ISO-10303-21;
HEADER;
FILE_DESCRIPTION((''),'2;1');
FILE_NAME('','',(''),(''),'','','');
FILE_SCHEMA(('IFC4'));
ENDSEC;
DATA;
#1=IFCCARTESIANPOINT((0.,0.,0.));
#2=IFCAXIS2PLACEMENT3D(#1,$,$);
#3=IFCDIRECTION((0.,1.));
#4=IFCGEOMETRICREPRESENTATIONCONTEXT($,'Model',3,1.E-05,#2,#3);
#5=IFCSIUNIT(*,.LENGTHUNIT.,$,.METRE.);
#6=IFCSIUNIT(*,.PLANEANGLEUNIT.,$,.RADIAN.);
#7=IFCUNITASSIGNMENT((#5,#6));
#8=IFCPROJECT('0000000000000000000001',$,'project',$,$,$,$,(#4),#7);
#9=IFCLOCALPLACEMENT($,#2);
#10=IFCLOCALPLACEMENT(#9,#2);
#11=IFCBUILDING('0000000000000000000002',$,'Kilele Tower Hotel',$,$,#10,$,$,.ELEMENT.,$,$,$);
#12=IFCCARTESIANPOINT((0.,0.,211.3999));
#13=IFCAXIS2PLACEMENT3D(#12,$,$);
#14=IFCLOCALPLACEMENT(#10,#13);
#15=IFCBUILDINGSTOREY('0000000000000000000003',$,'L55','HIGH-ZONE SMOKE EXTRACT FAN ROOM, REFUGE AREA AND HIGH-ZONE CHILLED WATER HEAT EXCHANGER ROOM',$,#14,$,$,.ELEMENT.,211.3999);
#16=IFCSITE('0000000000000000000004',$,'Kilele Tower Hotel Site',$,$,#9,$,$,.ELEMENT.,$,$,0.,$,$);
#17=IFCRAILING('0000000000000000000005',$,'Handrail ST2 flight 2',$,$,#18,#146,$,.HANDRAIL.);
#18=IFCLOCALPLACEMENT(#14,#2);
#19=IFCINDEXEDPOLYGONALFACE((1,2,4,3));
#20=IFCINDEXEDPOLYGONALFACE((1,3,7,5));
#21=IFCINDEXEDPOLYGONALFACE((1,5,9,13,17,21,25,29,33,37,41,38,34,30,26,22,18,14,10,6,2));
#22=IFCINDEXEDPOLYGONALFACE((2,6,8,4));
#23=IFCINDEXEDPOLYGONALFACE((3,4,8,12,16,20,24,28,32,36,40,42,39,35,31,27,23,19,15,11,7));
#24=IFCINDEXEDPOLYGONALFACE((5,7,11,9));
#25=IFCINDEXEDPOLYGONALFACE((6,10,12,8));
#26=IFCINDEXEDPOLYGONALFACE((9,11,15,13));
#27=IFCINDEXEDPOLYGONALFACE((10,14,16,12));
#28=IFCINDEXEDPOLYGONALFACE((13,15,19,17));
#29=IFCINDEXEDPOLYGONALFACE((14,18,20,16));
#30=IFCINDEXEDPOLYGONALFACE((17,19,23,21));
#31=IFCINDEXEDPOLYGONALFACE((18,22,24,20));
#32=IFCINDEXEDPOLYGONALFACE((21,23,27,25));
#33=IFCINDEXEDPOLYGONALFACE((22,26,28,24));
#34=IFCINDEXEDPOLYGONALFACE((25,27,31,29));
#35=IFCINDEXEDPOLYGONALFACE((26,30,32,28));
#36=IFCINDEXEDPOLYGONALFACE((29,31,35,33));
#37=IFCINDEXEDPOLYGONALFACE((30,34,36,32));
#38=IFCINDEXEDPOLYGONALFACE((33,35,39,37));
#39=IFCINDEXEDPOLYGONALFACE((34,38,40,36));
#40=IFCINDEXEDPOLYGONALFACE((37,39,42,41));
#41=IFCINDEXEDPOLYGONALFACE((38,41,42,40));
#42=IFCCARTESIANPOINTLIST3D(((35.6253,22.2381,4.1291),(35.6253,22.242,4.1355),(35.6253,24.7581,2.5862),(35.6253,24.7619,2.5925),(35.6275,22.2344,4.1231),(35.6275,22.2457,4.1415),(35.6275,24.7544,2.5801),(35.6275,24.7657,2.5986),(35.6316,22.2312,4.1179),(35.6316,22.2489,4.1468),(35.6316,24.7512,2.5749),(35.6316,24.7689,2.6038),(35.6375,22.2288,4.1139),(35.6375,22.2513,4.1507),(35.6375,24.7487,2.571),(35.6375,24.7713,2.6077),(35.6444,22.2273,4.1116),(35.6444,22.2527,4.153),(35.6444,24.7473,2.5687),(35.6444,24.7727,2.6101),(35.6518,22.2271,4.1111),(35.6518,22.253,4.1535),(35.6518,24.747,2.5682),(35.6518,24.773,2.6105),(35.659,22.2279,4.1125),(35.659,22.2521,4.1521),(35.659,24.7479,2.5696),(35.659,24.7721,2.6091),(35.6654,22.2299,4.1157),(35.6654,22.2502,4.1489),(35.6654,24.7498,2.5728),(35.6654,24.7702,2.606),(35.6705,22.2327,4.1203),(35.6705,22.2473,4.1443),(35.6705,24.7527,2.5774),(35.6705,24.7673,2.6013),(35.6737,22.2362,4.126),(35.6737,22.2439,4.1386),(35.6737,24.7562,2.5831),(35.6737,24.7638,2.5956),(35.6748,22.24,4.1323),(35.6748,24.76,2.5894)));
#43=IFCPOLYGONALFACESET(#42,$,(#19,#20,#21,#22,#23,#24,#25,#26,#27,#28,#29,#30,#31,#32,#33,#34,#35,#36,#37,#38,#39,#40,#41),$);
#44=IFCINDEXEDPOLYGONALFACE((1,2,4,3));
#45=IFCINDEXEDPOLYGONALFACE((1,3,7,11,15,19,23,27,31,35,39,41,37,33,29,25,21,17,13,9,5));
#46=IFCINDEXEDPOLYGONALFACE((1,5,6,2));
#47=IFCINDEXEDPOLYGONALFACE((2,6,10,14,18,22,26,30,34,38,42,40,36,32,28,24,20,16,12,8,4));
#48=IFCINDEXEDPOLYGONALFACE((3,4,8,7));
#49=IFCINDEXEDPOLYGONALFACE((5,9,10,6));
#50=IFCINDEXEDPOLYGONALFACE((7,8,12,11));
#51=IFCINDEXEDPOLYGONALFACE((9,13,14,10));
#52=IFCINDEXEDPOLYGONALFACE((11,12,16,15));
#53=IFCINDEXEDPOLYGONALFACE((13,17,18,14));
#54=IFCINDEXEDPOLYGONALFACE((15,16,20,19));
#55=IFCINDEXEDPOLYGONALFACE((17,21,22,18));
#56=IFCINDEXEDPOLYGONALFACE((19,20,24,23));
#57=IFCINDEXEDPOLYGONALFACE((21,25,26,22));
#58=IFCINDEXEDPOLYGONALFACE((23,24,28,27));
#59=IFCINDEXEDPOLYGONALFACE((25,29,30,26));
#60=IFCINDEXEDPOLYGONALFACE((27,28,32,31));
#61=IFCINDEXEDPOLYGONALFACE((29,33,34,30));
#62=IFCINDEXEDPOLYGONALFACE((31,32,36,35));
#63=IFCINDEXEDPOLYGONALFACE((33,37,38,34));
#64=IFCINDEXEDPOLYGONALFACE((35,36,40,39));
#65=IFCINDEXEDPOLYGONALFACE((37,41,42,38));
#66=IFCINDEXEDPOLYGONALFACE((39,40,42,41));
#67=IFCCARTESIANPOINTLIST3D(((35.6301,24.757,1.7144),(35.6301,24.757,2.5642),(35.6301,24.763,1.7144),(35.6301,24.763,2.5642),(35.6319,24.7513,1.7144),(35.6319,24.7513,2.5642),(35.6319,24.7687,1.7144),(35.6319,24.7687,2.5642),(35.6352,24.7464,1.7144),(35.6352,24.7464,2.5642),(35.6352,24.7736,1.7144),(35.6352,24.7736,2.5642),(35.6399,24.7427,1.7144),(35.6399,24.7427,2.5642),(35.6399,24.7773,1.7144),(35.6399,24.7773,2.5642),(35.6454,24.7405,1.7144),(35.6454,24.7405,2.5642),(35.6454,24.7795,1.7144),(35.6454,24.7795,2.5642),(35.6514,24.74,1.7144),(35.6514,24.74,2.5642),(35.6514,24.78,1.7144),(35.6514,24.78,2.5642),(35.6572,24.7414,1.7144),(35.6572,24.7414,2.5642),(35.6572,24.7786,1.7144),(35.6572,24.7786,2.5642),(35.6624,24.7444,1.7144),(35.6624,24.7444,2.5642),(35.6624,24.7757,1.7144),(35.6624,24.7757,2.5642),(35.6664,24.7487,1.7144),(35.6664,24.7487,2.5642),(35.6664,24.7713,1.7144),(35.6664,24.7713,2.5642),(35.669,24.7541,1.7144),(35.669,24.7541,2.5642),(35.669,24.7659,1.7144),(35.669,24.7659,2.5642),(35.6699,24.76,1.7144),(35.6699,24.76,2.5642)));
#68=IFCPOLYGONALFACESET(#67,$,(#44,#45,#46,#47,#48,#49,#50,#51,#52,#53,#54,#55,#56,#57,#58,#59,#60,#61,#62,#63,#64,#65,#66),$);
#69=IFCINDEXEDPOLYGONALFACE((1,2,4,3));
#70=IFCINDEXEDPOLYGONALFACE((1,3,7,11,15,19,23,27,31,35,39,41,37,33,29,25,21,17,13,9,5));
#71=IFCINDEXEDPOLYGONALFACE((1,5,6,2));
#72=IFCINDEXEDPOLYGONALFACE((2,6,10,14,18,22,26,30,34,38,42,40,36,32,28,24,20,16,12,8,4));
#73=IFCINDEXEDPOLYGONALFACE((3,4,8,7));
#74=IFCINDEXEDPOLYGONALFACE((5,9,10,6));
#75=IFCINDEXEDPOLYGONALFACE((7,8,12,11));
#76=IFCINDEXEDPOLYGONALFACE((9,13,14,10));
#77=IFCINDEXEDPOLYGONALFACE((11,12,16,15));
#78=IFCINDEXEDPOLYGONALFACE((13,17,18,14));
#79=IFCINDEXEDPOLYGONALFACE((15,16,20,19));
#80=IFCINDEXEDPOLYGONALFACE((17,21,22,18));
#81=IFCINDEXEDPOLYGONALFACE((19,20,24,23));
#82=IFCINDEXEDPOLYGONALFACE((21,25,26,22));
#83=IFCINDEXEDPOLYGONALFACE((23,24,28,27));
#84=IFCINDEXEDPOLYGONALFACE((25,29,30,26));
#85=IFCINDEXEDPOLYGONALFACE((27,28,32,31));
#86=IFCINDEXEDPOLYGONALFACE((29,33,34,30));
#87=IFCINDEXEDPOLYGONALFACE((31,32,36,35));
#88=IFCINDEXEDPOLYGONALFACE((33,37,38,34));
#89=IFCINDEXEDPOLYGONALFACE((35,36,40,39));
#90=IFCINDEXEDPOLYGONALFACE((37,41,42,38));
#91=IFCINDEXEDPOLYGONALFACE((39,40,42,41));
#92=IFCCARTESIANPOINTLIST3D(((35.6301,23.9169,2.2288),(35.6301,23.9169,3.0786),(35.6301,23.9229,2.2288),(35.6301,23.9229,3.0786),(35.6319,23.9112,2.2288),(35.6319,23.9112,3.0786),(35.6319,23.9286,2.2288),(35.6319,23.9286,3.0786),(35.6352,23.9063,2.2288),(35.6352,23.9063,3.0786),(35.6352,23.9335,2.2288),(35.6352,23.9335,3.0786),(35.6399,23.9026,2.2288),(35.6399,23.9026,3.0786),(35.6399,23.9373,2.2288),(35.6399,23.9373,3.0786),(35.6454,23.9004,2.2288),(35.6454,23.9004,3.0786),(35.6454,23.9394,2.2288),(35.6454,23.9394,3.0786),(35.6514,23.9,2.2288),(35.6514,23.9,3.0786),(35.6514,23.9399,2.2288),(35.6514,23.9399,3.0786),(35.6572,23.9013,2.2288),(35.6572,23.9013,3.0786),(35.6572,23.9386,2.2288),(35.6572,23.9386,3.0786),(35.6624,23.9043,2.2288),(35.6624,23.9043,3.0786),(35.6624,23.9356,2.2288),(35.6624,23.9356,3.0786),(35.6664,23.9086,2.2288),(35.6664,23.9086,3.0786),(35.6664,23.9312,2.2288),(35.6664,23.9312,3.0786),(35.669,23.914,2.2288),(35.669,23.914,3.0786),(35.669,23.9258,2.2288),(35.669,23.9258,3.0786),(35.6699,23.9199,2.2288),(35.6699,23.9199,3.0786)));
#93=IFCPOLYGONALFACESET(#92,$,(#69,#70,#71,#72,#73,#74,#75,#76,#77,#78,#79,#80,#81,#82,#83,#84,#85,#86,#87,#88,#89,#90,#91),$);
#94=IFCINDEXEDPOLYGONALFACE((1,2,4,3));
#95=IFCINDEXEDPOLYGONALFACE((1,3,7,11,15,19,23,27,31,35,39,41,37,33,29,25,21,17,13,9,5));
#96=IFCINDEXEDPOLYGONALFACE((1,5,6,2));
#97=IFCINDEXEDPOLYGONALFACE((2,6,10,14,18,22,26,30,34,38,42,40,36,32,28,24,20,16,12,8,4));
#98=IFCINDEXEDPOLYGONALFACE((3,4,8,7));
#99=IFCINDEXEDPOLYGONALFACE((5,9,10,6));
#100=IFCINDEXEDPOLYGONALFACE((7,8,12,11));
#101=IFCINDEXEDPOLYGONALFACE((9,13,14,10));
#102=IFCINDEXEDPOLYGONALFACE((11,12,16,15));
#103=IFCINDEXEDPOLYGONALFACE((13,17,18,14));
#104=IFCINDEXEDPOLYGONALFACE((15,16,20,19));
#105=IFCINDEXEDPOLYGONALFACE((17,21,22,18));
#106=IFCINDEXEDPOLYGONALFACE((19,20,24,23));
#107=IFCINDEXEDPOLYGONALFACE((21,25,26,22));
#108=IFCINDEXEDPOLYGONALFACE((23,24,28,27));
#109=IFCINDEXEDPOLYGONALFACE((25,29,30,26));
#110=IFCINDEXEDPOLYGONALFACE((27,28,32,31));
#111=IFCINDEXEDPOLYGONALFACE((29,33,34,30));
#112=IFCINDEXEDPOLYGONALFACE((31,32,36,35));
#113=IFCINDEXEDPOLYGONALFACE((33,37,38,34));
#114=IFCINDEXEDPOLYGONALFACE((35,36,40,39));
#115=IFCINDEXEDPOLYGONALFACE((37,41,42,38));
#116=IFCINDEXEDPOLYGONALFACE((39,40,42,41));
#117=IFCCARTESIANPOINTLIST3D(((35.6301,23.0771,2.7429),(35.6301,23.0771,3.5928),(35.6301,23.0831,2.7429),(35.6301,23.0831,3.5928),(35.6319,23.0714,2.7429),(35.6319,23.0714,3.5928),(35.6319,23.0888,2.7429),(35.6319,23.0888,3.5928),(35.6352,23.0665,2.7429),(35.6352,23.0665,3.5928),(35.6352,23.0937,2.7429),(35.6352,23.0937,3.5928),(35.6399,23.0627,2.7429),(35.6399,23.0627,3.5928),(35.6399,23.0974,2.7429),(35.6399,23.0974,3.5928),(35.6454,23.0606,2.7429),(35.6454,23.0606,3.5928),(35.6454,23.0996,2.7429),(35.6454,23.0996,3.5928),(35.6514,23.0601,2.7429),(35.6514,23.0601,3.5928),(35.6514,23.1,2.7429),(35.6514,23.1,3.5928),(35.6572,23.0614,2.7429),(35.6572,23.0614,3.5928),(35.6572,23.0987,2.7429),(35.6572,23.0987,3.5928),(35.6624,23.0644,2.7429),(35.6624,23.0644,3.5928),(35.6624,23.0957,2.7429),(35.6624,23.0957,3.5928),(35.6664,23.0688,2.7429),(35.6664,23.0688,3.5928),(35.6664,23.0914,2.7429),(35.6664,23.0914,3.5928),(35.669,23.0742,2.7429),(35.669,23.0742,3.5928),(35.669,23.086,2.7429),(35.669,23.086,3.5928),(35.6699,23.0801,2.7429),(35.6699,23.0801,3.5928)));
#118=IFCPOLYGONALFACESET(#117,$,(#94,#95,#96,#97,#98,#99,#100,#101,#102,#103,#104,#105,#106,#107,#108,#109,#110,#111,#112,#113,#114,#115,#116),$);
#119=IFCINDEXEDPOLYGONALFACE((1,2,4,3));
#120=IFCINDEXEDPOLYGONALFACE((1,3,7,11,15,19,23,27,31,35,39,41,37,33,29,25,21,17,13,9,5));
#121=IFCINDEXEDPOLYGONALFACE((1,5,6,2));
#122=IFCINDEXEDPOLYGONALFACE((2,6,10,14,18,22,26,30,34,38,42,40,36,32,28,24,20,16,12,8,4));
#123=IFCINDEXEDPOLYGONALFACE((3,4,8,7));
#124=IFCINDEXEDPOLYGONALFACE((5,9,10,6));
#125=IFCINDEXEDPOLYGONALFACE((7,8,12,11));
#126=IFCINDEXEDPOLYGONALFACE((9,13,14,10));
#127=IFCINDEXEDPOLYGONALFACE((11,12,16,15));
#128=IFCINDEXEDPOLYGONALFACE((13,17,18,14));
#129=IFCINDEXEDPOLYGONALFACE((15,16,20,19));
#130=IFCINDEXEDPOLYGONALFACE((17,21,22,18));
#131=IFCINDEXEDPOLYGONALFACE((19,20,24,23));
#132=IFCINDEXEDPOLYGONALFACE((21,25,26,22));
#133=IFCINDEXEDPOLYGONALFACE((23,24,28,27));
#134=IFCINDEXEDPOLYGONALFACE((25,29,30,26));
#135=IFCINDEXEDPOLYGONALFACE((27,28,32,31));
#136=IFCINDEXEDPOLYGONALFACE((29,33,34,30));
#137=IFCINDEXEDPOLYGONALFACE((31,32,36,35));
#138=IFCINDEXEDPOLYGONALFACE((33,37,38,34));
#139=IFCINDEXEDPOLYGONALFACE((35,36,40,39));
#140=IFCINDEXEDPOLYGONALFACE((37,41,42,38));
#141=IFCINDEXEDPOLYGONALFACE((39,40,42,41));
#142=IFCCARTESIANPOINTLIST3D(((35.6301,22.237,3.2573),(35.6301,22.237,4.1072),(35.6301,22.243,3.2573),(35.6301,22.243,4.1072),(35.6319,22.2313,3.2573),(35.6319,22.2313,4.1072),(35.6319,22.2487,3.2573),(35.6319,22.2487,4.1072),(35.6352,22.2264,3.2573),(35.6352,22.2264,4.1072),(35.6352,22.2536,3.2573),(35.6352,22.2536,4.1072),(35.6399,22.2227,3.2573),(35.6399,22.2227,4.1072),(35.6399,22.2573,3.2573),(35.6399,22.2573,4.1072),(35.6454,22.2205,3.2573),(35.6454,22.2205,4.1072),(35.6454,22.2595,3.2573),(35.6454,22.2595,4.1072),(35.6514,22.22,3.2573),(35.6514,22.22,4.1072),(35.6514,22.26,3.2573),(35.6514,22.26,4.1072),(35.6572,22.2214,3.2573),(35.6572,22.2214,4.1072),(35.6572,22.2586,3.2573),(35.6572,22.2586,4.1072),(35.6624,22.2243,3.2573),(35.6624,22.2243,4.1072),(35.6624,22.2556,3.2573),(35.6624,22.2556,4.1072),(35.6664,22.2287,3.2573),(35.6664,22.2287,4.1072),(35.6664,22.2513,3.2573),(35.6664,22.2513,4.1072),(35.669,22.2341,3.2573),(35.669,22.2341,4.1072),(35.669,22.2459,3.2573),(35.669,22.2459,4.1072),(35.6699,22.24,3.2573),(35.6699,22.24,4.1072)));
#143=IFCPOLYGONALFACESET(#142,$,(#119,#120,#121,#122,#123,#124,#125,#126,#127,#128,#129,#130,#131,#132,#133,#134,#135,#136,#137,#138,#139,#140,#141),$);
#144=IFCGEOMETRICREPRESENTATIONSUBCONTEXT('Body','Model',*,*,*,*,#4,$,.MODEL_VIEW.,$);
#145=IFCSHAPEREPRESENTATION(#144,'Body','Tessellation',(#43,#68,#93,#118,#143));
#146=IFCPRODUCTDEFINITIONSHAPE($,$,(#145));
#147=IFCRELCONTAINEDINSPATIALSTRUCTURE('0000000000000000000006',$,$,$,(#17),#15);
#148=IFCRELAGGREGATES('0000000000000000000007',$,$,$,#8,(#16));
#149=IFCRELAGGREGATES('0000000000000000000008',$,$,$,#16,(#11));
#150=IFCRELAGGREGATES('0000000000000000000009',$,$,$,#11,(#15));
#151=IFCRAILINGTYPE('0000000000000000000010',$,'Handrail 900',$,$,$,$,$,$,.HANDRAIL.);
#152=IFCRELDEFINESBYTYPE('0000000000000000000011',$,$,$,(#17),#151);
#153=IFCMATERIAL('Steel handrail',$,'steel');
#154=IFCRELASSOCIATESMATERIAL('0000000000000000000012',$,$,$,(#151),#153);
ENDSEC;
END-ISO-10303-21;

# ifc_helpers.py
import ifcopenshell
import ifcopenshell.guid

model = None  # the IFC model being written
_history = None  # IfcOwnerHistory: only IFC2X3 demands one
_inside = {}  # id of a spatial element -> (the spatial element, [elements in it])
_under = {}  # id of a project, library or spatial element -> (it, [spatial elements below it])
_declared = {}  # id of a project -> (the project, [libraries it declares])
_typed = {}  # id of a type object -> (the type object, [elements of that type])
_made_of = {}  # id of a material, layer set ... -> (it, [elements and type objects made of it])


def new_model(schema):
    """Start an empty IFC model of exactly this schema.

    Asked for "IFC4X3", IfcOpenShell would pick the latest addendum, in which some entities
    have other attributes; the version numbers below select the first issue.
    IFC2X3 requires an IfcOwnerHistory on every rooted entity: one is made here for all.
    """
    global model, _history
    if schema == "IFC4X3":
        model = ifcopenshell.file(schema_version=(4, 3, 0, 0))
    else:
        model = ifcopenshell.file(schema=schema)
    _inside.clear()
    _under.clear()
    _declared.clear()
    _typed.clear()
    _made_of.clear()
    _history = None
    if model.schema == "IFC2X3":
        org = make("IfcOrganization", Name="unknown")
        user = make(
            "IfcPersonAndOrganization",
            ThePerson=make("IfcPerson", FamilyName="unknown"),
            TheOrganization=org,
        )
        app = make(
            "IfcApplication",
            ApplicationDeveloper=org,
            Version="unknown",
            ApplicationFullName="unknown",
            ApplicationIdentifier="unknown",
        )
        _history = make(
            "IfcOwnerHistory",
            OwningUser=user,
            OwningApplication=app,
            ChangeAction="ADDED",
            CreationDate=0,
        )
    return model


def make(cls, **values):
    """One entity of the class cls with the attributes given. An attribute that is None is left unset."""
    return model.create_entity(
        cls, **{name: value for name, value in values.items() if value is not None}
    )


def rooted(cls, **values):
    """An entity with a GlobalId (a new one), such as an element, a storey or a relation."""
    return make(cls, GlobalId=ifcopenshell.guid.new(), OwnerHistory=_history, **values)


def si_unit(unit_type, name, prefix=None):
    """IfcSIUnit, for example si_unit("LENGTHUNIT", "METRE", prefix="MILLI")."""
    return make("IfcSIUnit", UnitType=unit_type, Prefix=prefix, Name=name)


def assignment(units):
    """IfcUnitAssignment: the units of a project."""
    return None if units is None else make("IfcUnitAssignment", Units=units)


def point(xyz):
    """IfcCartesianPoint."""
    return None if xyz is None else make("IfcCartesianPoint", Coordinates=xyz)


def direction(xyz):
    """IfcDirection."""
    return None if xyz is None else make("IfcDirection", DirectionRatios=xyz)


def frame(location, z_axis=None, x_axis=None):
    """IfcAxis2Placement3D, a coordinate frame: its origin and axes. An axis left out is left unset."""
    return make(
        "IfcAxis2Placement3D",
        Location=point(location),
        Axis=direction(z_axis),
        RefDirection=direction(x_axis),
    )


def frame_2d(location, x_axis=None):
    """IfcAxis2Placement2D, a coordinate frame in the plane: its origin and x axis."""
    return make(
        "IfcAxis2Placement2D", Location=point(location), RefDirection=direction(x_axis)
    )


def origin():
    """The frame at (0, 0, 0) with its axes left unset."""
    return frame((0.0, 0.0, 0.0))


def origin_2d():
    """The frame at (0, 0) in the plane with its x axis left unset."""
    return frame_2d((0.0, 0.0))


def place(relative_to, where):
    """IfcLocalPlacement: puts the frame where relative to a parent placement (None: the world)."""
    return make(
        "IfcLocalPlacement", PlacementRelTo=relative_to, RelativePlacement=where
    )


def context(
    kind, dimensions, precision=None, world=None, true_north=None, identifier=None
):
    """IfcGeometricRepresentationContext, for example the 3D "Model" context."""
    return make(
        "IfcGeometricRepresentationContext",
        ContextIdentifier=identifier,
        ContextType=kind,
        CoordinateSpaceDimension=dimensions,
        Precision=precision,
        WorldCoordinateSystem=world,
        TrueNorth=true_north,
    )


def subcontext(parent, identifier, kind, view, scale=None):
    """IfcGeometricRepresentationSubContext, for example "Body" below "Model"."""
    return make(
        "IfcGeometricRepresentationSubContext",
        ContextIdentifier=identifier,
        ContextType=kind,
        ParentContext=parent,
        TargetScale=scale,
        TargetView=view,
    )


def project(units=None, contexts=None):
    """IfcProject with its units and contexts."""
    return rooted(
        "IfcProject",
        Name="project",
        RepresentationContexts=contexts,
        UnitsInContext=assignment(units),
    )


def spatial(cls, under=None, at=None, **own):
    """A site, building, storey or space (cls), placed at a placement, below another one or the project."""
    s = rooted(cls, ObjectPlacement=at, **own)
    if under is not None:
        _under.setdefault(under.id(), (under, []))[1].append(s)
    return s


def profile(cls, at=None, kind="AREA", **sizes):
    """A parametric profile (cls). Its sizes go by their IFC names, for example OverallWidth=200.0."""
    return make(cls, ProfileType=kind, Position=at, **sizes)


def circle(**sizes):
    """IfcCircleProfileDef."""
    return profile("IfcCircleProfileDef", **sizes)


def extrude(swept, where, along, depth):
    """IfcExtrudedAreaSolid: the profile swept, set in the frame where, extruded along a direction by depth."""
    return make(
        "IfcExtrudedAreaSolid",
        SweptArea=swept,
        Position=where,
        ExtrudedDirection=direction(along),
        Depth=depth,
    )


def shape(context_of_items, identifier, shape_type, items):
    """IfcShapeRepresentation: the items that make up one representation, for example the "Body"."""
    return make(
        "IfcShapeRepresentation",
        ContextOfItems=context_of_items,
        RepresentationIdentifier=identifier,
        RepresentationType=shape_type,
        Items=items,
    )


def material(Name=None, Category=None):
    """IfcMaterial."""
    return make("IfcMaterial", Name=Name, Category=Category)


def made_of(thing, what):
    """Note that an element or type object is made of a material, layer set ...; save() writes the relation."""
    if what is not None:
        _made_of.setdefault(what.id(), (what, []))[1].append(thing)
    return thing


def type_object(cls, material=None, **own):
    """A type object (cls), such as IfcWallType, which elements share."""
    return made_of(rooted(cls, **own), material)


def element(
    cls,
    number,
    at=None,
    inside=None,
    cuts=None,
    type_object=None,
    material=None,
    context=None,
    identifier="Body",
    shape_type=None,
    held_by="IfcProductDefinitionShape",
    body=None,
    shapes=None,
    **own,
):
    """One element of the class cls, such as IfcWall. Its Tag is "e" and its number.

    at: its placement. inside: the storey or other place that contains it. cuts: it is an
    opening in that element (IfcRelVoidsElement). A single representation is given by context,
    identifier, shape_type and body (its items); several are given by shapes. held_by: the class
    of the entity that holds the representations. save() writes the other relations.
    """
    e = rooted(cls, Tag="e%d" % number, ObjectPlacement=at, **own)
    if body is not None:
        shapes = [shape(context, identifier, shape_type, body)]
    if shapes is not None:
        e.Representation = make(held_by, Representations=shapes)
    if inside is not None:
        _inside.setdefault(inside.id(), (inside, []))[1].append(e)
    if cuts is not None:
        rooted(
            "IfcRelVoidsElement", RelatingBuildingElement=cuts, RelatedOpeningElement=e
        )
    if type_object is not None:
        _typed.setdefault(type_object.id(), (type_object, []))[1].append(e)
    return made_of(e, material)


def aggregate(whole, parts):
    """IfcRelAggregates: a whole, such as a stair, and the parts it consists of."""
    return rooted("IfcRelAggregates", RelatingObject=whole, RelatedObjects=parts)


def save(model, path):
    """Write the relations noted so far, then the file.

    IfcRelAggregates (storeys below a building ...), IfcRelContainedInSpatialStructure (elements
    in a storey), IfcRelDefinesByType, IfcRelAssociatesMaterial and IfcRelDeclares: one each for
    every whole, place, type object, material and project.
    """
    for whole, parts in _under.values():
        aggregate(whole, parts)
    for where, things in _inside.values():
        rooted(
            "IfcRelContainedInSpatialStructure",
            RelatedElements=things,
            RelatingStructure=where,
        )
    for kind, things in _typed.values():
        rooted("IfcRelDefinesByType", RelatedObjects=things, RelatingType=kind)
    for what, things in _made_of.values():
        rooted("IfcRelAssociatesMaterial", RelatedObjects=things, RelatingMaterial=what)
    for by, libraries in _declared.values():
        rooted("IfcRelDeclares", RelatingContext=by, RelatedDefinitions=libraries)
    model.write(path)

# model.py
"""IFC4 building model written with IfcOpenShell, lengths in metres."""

from ifc_helpers import new_model, si_unit, direction, frame, origin, origin_2d, place, context, subcontext, project, spatial, circle, extrude, material, type_object, element, save


model = new_model("IFC4")

# Units and contexts
model_context = context("Model", 3, precision=1e-05, world=origin(), true_north=direction((0.0, 1.0)))
body_context = subcontext(model_context, "Body", "Model", "MODEL_VIEW")
ifc_project = project(units=[si_unit("LENGTHUNIT", "METRE"), si_unit("PLANEANGLEUNIT", "RADIAN")], contexts=[model_context])

# Site, building, storey
site_placement = place(None, origin())
site = spatial("IfcSite", under=ifc_project, at=site_placement, Name="Kilele Tower Hotel Site", CompositionType="ELEMENT", RefElevation=0.0)
building_placement = place(site_placement, origin())
building = spatial("IfcBuilding", under=site, at=building_placement, Name="Kilele Tower Hotel", CompositionType="ELEMENT")
storey_placement = place(building_placement, frame((0.0, 0.0, 211.3999)))
storey = spatial("IfcBuildingStorey", under=building, at=storey_placement, Name="L55", Description="HIGH-ZONE SMOKE EXTRACT FAN ROOM, REFUGE AREA AND HIGH-ZONE CHILLED WATER HEAT EXCHANGER ROOM", CompositionType="ELEMENT", Elevation=211.3999)

# Railing
ifc_material_1 = material(Name="Steel handrail", Category="steel")
railing_type_1 = type_object("IfcRailingType", Name="Handrail 900", PredefinedType="HANDRAIL", material=ifc_material_1)
for number, where, name in (
    (1, (35.6499, 24.76, 1.7144), "Handrail ST2 flight 2"),
):
    element("IfcRailing", number, at=place(storey_placement, frame(where)), inside=storey, type_object=railing_type_1, Name=name, PredefinedType="HANDRAIL", context=body_context, shape_type="SweptSolid", body=[
        extrude(circle(Radius=0.0249, at=origin_2d()), frame((0.0, 0.0, 0.875), z_axis=(0.0, -0.852836, 0.522178), x_axis=(1.0, 0.0, 0.0)), (0.0, 0.0, 1.0), 2.9548),
        extrude(circle(Radius=0.02, at=origin_2d()), origin(), (0.0, 0.0, 1.0), 0.8499),
        extrude(circle(Radius=0.02, at=origin_2d()), frame((0.0, -0.8401, 0.5144)), (0.0, 0.0, 1.0), 0.8499),
        extrude(circle(Radius=0.02, at=origin_2d()), frame((0.0, -1.6799, 1.0286)), (0.0, 0.0, 1.0), 0.8499),
        extrude(circle(Radius=0.02, at=origin_2d()), frame((0.0, -2.52, 1.543)), (0.0, 0.0, 1.0), 0.8499),
    ])

save(model, "model.ifc")
